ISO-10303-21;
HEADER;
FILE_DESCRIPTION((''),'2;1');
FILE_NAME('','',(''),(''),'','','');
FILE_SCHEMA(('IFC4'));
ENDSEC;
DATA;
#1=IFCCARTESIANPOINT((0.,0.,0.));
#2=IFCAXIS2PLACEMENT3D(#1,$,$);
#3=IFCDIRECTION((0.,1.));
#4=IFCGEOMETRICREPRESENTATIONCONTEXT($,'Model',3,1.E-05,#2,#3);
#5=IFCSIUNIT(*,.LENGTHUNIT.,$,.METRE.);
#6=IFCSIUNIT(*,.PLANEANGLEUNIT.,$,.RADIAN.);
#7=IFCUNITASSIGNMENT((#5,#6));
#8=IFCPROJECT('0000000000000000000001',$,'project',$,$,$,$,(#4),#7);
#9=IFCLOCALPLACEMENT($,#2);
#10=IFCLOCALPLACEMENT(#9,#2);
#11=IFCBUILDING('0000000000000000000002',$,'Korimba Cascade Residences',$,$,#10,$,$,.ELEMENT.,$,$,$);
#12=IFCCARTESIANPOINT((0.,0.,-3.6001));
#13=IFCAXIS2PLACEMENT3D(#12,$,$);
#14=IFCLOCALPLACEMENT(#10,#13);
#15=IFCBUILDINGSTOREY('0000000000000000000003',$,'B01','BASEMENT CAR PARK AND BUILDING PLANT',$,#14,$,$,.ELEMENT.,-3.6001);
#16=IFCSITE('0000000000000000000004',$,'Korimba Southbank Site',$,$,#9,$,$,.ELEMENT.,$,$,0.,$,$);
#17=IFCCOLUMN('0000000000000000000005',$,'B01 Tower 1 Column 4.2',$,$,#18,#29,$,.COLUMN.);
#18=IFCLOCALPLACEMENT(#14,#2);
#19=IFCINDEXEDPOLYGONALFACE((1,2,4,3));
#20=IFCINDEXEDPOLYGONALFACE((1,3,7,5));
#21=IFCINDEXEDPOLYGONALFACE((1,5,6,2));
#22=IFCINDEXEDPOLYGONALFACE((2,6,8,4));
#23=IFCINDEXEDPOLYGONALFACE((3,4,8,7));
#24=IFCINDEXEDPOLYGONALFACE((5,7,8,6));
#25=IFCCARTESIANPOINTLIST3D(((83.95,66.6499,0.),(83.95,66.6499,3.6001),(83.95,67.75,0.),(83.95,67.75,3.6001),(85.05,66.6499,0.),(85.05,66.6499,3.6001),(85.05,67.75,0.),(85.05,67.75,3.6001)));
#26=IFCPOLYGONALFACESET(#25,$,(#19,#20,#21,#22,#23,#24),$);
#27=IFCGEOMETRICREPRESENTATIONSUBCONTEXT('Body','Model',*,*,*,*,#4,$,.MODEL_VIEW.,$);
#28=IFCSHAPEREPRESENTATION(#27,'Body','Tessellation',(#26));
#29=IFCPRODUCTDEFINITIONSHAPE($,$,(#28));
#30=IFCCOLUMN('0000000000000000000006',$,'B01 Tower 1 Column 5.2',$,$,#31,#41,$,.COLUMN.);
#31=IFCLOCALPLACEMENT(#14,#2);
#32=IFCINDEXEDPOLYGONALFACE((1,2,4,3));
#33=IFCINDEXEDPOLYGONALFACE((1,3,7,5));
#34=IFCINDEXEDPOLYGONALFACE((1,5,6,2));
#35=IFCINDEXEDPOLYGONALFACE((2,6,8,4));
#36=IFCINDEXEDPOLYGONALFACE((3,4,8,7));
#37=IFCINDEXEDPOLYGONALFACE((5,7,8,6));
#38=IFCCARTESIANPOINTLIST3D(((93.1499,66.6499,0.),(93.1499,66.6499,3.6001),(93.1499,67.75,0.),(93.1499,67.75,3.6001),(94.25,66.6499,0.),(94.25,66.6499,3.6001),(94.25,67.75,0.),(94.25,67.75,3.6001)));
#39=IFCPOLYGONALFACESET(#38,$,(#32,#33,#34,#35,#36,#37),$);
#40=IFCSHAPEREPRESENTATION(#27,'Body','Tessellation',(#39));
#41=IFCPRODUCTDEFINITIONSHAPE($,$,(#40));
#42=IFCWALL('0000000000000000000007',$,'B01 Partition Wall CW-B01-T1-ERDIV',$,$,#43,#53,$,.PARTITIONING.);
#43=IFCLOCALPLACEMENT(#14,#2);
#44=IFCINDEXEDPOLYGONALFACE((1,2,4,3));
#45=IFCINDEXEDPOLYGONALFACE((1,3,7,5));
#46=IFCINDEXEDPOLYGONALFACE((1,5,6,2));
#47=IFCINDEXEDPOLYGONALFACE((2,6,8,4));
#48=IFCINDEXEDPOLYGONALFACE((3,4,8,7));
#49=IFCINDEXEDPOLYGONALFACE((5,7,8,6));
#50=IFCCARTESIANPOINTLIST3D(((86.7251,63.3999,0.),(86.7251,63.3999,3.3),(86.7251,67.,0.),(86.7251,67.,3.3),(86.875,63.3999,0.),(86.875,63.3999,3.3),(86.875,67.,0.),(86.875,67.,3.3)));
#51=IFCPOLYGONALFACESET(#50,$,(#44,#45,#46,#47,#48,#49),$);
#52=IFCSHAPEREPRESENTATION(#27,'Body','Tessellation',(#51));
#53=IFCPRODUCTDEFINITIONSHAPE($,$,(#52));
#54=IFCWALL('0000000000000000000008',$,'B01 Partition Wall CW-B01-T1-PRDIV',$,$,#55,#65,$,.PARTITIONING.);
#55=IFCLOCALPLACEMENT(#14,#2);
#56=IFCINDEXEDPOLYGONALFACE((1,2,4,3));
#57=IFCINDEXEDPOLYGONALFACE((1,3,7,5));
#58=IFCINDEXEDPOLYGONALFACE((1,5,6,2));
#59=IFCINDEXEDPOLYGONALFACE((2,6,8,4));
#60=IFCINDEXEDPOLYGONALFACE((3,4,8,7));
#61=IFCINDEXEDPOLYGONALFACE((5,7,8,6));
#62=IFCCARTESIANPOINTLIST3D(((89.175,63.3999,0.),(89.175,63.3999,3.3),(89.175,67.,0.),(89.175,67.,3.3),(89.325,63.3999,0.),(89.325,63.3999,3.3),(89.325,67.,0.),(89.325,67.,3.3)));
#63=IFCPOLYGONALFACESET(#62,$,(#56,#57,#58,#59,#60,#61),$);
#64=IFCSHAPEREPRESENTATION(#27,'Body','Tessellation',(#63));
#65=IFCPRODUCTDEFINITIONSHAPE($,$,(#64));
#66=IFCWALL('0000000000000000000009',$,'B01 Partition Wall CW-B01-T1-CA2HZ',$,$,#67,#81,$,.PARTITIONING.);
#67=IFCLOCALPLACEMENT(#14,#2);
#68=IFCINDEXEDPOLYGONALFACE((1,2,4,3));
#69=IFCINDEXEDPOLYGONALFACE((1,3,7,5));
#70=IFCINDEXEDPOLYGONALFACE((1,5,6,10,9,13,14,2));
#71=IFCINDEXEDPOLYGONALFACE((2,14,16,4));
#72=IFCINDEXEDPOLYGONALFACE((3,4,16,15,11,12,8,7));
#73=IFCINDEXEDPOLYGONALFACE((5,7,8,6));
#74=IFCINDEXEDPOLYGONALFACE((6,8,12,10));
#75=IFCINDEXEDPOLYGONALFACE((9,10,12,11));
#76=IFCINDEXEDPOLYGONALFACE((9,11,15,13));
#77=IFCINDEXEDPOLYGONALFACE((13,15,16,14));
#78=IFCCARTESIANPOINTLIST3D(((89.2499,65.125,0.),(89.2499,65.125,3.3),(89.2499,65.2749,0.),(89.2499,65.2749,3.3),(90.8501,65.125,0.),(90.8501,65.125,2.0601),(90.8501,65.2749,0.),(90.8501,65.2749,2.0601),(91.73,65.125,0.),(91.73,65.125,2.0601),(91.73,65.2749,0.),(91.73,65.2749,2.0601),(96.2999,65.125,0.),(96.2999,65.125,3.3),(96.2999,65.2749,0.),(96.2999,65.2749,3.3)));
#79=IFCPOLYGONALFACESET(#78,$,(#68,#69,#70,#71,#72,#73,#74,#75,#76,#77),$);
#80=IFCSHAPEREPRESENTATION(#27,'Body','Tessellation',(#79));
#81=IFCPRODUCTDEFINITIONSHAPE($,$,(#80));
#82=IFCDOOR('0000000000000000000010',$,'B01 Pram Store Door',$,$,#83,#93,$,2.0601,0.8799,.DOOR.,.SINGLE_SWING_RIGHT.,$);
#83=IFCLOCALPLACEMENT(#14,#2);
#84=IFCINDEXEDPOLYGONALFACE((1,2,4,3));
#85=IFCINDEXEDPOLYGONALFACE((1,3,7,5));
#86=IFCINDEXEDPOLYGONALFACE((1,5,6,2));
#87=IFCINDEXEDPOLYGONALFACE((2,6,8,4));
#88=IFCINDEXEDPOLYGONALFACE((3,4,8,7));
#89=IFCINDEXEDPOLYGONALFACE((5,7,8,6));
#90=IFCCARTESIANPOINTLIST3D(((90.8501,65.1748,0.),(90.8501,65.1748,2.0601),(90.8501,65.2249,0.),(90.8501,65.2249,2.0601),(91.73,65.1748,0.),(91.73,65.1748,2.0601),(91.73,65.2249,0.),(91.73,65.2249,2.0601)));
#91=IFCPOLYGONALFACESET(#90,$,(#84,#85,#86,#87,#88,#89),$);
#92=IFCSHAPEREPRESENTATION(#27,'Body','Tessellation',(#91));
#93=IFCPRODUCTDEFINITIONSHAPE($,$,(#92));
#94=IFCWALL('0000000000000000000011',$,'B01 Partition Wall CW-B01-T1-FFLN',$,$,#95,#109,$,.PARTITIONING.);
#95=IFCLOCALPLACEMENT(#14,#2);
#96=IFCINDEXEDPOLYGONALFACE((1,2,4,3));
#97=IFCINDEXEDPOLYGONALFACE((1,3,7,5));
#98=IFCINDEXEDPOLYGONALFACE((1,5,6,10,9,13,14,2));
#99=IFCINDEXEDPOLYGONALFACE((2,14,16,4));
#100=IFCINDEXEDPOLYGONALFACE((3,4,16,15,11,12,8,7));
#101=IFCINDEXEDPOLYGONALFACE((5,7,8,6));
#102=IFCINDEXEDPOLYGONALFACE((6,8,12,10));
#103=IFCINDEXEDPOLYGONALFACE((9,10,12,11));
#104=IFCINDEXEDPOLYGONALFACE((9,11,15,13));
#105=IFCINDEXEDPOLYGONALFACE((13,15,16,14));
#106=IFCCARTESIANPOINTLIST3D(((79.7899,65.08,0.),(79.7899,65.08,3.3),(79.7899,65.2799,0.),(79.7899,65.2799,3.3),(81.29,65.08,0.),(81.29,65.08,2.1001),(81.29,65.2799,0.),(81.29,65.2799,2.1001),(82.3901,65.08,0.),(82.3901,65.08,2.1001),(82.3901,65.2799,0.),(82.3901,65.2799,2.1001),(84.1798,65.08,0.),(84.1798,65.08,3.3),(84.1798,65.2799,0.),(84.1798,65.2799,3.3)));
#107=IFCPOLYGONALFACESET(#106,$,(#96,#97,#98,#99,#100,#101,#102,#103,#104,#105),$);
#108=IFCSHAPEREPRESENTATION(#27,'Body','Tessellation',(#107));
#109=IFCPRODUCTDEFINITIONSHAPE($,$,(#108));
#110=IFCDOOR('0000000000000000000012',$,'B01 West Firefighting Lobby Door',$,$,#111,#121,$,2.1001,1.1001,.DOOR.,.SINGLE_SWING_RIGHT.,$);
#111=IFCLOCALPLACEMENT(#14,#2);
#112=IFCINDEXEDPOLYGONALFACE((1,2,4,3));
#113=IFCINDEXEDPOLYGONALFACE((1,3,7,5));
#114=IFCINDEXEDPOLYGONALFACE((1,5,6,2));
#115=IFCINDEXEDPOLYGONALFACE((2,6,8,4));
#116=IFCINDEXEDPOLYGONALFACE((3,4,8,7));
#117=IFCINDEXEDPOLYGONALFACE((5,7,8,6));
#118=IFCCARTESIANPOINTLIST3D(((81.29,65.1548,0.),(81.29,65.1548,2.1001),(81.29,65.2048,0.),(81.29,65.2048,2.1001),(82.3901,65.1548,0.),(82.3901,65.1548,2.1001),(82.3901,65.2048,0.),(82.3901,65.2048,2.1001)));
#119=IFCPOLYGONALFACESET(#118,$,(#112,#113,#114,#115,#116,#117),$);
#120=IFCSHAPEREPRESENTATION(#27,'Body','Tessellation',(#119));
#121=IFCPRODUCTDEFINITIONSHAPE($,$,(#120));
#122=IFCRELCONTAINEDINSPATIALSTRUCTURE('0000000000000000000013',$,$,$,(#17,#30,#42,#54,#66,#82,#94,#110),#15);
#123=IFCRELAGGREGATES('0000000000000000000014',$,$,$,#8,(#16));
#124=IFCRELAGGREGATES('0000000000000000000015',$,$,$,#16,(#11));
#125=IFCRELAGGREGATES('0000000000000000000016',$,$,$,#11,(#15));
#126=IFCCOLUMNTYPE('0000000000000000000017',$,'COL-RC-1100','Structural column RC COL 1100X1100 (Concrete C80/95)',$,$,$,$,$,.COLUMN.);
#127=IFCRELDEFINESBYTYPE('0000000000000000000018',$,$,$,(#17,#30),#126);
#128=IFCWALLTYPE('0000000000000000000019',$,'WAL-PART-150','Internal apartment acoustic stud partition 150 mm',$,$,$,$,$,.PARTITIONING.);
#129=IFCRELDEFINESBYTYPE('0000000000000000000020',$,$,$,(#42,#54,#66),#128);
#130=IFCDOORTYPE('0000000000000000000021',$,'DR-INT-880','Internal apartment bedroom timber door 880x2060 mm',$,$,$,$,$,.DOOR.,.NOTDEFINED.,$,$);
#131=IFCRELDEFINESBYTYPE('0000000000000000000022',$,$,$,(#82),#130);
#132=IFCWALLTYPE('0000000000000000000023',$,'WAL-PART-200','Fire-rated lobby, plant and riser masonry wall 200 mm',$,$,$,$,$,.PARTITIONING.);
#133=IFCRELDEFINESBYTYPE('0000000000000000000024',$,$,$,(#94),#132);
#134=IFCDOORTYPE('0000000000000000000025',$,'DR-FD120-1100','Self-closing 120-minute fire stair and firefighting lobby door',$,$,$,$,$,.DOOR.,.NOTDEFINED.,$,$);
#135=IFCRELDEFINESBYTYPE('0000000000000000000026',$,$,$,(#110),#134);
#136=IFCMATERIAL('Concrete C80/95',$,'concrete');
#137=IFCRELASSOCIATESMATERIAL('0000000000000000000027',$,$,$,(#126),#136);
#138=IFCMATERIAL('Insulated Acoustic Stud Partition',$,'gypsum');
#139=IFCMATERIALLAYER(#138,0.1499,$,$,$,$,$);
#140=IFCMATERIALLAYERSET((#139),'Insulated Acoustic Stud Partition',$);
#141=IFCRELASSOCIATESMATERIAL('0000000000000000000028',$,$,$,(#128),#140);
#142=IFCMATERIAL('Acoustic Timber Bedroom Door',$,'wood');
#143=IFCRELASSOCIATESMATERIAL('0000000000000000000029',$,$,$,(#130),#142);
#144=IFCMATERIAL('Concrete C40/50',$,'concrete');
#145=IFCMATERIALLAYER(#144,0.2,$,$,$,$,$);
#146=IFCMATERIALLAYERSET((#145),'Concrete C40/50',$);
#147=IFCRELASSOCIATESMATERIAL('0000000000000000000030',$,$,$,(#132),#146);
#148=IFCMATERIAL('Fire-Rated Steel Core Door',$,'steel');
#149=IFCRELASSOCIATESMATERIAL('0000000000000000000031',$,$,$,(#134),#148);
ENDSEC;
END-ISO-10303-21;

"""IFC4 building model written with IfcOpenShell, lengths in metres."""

from ifc_helpers import new_model, si_unit, direction, frame, frame_2d, origin, origin_2d, place, context, subcontext, project, spatial, rectangle, extrude, material, layer, layer_set, material_profile, profile_set, type_object, element, fill, save


model = new_model("IFC4")

# Units and contexts
model_context = context("Model", 3, precision=1e-05, world=origin(), true_north=direction((0.0, 1.0)))
body_context = subcontext(model_context, "Body", "Model", "MODEL_VIEW")
ifc_project = project(units=[si_unit("LENGTHUNIT", "METRE"), si_unit("PLANEANGLEUNIT", "RADIAN")], contexts=[model_context])

# Site, building, storey
site_placement = place(None, origin())
site = spatial("IfcSite", under=ifc_project, at=site_placement, Name="Korimba Southbank Site", CompositionType="ELEMENT", RefElevation=0.0)
building_placement = place(site_placement, origin())
building = spatial("IfcBuilding", under=site, at=building_placement, Name="Korimba Cascade Residences", CompositionType="ELEMENT")
storey_placement = place(building_placement, frame((0.0, 0.0, -3.6001)))
storey = spatial("IfcBuildingStorey", under=building, at=storey_placement, Name="B01", Description="BASEMENT CAR PARK AND BUILDING PLANT", CompositionType="ELEMENT", Elevation=-3.6001)

# Columns
ifc_material_1 = material(Name="Concrete C80/95", Category="concrete")
ifc_material_profile = material_profile(ifc_material_1, rectangle(XDim=1.1001, YDim=1.1001, at=origin_2d()), Name="Concrete C80/95")
ifc_profile_set = profile_set([ifc_material_profile], Name="Concrete C80/95")
column_type = type_object("IfcColumnType", Name="COL-RC-1100", Description="Structural column RC COL 1100X1100 (Concrete C80/95)", PredefinedType="COLUMN", material=ifc_profile_set)
for number, where, z_axis, x_axis, name in (
    (1, (84.5, 67.2, 0.0), (0.0, 0.0, 1.0), (1.0, 0.0, 0.0), "B01 Tower 1 Column 4.2"),
    (2, (93.7, 67.2, 0.0), (0.0, 0.0, 1.0), (1.0, 0.0, 0.0), "B01 Tower 1 Column 5.2"),
):
    element("IfcColumn", number, at=place(storey_placement, frame(where, z_axis=z_axis, x_axis=x_axis)), inside=storey, type_object=column_type, Name=name, PredefinedType="COLUMN", context=body_context, shape_type="SweptSolid", body=[
        extrude(rectangle(XDim=1.1001, YDim=1.1001, at=origin_2d()), origin(), (0.0, 0.0, 1.0), 3.6001),
    ])

# Walls
ifc_material_2 = material(Name="Insulated Acoustic Stud Partition", Category="gypsum")
ifc_layer_1 = layer(ifc_material_2, 0.1499)
ifc_layer_set_1 = layer_set([ifc_layer_1], Name="Insulated Acoustic Stud Partition")
wall_type_1 = type_object("IfcWallType", Name="WAL-PART-150", Description="Internal apartment acoustic stud partition 150 mm", PredefinedType="PARTITIONING", material=ifc_layer_set_1)
for number, where, z_axis, x_axis, name in (
    (3, (86.8, 63.3999, 0.0), (0.0, 0.0, 1.0), (0.0, 1.0, 0.0), "B01 Partition Wall CW-B01-T1-ERDIV"),
    (4, (89.25, 63.3999, 0.0), (0.0, 0.0, 1.0), (0.0, 1.0, 0.0), "B01 Partition Wall CW-B01-T1-PRDIV"),
):
    element("IfcWall", number, at=place(storey_placement, frame(where, z_axis=z_axis, x_axis=x_axis)), inside=storey, type_object=wall_type_1, Name=name, PredefinedType="PARTITIONING", context=body_context, shape_type="SweptSolid", body=[
        extrude(rectangle(XDim=3.6001, YDim=0.1499, at=frame_2d((1.8, 0.0))), origin(), (0.0, 0.0, 1.0), 3.3),
    ])

# Walls, openings, doors
wall_1_placement = place(storey_placement, frame((89.25, 65.2, 0.0), z_axis=(0.0, 0.0, 1.0), x_axis=(1.0, 0.0, 0.0)))
wall_1 = element("IfcWall", 5, at=wall_1_placement, inside=storey, type_object=wall_type_1, Name="B01 Partition Wall CW-B01-T1-CA2HZ", PredefinedType="PARTITIONING", context=body_context, shape_type="SweptSolid", body=[
    extrude(rectangle(XDim=7.05, YDim=0.1499, at=frame_2d((3.5249, 0.0))), origin(), (0.0, 0.0, 1.0), 3.3),
])
opening_1_placement = place(wall_1_placement, frame((1.6001, 0.0, 0.0)))
opening_1 = element("IfcOpeningElement", 6, at=opening_1_placement, cuts=wall_1, PredefinedType="OPENING", context=body_context, shape_type="SweptSolid", body=[
    extrude(rectangle(XDim=0.8799, YDim=2.0601, at=frame_2d((0.4399, 1.03))), frame((0.0, 0.085, 0.0), z_axis=(0.0, -1.0, 0.0), x_axis=(1.0, 0.0, 0.0)), (0.0, 0.0, 1.0), 0.1699),
])
ifc_material_3 = material(Name="Acoustic Timber Bedroom Door", Category="wood")
door_type_1 = type_object("IfcDoorType", Name="DR-INT-880", Description="Internal apartment bedroom timber door 880x2060 mm", OperationType="NOTDEFINED", PredefinedType="DOOR", material=ifc_material_3)
door_1_placement = place(opening_1_placement, origin())
door_1 = element("IfcDoor", 7, at=door_1_placement, inside=storey, type_object=door_type_1, Name="B01 Pram Store Door", OperationType="SINGLE_SWING_RIGHT", OverallHeight=2.0601, OverallWidth=0.8799, PredefinedType="DOOR", context=body_context, shape_type="SweptSolid", body=[
    extrude(rectangle(XDim=0.8799, YDim=2.0601, at=frame_2d((0.4399, 1.03))), frame((0.0, 0.0249, 0.0), z_axis=(0.0, -1.0, 0.0), x_axis=(1.0, 0.0, 0.0)), (0.0, 0.0, 1.0), 0.05),
])
fill(opening_1, door_1)
ifc_material_4 = material(Name="Concrete C40/50", Category="concrete")
ifc_layer_2 = layer(ifc_material_4, 0.2)
ifc_layer_set_2 = layer_set([ifc_layer_2], Name="Concrete C40/50")
wall_type_2 = type_object("IfcWallType", Name="WAL-PART-200", Description="Fire-rated lobby, plant and riser masonry wall 200 mm", PredefinedType="PARTITIONING", material=ifc_layer_set_2)
wall_2_placement = place(storey_placement, frame((79.79, 65.1799, 0.0), z_axis=(0.0, 0.0, 1.0), x_axis=(1.0, 0.0, 0.0)))
wall_2 = element("IfcWall", 8, at=wall_2_placement, inside=storey, type_object=wall_type_2, Name="B01 Partition Wall CW-B01-T1-FFLN", PredefinedType="PARTITIONING", context=body_context, shape_type="SweptSolid", body=[
    extrude(rectangle(XDim=4.3899, YDim=0.2, at=frame_2d((2.1948, 0.0))), origin(), (0.0, 0.0, 1.0), 3.3),
])
opening_2_placement = place(wall_2_placement, frame((1.5, 0.0, 0.0)))
opening_2 = element("IfcOpeningElement", 9, at=opening_2_placement, cuts=wall_2, PredefinedType="OPENING", context=body_context, shape_type="SweptSolid", body=[
    extrude(rectangle(XDim=1.1001, YDim=2.1001, at=frame_2d((0.55, 1.05))), frame((0.0, 0.1099, 0.0), z_axis=(0.0, -1.0, 0.0), x_axis=(1.0, 0.0, 0.0)), (0.0, 0.0, 1.0), 0.22),
])
ifc_material_5 = material(Name="Fire-Rated Steel Core Door", Category="steel")
door_type_2 = type_object("IfcDoorType", Name="DR-FD120-1100", Description="Self-closing 120-minute fire stair and firefighting lobby door", OperationType="NOTDEFINED", PredefinedType="DOOR", material=ifc_material_5)
door_2_placement = place(opening_2_placement, origin())
door_2 = element("IfcDoor", 10, at=door_2_placement, inside=storey, type_object=door_type_2, Name="B01 West Firefighting Lobby Door", OperationType="SINGLE_SWING_RIGHT", OverallHeight=2.1001, OverallWidth=1.1001, PredefinedType="DOOR", context=body_context, shape_type="SweptSolid", body=[
    extrude(rectangle(XDim=1.1001, YDim=2.1001, at=frame_2d((0.55, 1.05))), frame((0.0, 0.0249, 0.0), z_axis=(0.0, -1.0, 0.0), x_axis=(1.0, 0.0, 0.0)), (0.0, 0.0, 1.0), 0.05),
])
fill(opening_2, door_2)

save(model, "model.ifc")
